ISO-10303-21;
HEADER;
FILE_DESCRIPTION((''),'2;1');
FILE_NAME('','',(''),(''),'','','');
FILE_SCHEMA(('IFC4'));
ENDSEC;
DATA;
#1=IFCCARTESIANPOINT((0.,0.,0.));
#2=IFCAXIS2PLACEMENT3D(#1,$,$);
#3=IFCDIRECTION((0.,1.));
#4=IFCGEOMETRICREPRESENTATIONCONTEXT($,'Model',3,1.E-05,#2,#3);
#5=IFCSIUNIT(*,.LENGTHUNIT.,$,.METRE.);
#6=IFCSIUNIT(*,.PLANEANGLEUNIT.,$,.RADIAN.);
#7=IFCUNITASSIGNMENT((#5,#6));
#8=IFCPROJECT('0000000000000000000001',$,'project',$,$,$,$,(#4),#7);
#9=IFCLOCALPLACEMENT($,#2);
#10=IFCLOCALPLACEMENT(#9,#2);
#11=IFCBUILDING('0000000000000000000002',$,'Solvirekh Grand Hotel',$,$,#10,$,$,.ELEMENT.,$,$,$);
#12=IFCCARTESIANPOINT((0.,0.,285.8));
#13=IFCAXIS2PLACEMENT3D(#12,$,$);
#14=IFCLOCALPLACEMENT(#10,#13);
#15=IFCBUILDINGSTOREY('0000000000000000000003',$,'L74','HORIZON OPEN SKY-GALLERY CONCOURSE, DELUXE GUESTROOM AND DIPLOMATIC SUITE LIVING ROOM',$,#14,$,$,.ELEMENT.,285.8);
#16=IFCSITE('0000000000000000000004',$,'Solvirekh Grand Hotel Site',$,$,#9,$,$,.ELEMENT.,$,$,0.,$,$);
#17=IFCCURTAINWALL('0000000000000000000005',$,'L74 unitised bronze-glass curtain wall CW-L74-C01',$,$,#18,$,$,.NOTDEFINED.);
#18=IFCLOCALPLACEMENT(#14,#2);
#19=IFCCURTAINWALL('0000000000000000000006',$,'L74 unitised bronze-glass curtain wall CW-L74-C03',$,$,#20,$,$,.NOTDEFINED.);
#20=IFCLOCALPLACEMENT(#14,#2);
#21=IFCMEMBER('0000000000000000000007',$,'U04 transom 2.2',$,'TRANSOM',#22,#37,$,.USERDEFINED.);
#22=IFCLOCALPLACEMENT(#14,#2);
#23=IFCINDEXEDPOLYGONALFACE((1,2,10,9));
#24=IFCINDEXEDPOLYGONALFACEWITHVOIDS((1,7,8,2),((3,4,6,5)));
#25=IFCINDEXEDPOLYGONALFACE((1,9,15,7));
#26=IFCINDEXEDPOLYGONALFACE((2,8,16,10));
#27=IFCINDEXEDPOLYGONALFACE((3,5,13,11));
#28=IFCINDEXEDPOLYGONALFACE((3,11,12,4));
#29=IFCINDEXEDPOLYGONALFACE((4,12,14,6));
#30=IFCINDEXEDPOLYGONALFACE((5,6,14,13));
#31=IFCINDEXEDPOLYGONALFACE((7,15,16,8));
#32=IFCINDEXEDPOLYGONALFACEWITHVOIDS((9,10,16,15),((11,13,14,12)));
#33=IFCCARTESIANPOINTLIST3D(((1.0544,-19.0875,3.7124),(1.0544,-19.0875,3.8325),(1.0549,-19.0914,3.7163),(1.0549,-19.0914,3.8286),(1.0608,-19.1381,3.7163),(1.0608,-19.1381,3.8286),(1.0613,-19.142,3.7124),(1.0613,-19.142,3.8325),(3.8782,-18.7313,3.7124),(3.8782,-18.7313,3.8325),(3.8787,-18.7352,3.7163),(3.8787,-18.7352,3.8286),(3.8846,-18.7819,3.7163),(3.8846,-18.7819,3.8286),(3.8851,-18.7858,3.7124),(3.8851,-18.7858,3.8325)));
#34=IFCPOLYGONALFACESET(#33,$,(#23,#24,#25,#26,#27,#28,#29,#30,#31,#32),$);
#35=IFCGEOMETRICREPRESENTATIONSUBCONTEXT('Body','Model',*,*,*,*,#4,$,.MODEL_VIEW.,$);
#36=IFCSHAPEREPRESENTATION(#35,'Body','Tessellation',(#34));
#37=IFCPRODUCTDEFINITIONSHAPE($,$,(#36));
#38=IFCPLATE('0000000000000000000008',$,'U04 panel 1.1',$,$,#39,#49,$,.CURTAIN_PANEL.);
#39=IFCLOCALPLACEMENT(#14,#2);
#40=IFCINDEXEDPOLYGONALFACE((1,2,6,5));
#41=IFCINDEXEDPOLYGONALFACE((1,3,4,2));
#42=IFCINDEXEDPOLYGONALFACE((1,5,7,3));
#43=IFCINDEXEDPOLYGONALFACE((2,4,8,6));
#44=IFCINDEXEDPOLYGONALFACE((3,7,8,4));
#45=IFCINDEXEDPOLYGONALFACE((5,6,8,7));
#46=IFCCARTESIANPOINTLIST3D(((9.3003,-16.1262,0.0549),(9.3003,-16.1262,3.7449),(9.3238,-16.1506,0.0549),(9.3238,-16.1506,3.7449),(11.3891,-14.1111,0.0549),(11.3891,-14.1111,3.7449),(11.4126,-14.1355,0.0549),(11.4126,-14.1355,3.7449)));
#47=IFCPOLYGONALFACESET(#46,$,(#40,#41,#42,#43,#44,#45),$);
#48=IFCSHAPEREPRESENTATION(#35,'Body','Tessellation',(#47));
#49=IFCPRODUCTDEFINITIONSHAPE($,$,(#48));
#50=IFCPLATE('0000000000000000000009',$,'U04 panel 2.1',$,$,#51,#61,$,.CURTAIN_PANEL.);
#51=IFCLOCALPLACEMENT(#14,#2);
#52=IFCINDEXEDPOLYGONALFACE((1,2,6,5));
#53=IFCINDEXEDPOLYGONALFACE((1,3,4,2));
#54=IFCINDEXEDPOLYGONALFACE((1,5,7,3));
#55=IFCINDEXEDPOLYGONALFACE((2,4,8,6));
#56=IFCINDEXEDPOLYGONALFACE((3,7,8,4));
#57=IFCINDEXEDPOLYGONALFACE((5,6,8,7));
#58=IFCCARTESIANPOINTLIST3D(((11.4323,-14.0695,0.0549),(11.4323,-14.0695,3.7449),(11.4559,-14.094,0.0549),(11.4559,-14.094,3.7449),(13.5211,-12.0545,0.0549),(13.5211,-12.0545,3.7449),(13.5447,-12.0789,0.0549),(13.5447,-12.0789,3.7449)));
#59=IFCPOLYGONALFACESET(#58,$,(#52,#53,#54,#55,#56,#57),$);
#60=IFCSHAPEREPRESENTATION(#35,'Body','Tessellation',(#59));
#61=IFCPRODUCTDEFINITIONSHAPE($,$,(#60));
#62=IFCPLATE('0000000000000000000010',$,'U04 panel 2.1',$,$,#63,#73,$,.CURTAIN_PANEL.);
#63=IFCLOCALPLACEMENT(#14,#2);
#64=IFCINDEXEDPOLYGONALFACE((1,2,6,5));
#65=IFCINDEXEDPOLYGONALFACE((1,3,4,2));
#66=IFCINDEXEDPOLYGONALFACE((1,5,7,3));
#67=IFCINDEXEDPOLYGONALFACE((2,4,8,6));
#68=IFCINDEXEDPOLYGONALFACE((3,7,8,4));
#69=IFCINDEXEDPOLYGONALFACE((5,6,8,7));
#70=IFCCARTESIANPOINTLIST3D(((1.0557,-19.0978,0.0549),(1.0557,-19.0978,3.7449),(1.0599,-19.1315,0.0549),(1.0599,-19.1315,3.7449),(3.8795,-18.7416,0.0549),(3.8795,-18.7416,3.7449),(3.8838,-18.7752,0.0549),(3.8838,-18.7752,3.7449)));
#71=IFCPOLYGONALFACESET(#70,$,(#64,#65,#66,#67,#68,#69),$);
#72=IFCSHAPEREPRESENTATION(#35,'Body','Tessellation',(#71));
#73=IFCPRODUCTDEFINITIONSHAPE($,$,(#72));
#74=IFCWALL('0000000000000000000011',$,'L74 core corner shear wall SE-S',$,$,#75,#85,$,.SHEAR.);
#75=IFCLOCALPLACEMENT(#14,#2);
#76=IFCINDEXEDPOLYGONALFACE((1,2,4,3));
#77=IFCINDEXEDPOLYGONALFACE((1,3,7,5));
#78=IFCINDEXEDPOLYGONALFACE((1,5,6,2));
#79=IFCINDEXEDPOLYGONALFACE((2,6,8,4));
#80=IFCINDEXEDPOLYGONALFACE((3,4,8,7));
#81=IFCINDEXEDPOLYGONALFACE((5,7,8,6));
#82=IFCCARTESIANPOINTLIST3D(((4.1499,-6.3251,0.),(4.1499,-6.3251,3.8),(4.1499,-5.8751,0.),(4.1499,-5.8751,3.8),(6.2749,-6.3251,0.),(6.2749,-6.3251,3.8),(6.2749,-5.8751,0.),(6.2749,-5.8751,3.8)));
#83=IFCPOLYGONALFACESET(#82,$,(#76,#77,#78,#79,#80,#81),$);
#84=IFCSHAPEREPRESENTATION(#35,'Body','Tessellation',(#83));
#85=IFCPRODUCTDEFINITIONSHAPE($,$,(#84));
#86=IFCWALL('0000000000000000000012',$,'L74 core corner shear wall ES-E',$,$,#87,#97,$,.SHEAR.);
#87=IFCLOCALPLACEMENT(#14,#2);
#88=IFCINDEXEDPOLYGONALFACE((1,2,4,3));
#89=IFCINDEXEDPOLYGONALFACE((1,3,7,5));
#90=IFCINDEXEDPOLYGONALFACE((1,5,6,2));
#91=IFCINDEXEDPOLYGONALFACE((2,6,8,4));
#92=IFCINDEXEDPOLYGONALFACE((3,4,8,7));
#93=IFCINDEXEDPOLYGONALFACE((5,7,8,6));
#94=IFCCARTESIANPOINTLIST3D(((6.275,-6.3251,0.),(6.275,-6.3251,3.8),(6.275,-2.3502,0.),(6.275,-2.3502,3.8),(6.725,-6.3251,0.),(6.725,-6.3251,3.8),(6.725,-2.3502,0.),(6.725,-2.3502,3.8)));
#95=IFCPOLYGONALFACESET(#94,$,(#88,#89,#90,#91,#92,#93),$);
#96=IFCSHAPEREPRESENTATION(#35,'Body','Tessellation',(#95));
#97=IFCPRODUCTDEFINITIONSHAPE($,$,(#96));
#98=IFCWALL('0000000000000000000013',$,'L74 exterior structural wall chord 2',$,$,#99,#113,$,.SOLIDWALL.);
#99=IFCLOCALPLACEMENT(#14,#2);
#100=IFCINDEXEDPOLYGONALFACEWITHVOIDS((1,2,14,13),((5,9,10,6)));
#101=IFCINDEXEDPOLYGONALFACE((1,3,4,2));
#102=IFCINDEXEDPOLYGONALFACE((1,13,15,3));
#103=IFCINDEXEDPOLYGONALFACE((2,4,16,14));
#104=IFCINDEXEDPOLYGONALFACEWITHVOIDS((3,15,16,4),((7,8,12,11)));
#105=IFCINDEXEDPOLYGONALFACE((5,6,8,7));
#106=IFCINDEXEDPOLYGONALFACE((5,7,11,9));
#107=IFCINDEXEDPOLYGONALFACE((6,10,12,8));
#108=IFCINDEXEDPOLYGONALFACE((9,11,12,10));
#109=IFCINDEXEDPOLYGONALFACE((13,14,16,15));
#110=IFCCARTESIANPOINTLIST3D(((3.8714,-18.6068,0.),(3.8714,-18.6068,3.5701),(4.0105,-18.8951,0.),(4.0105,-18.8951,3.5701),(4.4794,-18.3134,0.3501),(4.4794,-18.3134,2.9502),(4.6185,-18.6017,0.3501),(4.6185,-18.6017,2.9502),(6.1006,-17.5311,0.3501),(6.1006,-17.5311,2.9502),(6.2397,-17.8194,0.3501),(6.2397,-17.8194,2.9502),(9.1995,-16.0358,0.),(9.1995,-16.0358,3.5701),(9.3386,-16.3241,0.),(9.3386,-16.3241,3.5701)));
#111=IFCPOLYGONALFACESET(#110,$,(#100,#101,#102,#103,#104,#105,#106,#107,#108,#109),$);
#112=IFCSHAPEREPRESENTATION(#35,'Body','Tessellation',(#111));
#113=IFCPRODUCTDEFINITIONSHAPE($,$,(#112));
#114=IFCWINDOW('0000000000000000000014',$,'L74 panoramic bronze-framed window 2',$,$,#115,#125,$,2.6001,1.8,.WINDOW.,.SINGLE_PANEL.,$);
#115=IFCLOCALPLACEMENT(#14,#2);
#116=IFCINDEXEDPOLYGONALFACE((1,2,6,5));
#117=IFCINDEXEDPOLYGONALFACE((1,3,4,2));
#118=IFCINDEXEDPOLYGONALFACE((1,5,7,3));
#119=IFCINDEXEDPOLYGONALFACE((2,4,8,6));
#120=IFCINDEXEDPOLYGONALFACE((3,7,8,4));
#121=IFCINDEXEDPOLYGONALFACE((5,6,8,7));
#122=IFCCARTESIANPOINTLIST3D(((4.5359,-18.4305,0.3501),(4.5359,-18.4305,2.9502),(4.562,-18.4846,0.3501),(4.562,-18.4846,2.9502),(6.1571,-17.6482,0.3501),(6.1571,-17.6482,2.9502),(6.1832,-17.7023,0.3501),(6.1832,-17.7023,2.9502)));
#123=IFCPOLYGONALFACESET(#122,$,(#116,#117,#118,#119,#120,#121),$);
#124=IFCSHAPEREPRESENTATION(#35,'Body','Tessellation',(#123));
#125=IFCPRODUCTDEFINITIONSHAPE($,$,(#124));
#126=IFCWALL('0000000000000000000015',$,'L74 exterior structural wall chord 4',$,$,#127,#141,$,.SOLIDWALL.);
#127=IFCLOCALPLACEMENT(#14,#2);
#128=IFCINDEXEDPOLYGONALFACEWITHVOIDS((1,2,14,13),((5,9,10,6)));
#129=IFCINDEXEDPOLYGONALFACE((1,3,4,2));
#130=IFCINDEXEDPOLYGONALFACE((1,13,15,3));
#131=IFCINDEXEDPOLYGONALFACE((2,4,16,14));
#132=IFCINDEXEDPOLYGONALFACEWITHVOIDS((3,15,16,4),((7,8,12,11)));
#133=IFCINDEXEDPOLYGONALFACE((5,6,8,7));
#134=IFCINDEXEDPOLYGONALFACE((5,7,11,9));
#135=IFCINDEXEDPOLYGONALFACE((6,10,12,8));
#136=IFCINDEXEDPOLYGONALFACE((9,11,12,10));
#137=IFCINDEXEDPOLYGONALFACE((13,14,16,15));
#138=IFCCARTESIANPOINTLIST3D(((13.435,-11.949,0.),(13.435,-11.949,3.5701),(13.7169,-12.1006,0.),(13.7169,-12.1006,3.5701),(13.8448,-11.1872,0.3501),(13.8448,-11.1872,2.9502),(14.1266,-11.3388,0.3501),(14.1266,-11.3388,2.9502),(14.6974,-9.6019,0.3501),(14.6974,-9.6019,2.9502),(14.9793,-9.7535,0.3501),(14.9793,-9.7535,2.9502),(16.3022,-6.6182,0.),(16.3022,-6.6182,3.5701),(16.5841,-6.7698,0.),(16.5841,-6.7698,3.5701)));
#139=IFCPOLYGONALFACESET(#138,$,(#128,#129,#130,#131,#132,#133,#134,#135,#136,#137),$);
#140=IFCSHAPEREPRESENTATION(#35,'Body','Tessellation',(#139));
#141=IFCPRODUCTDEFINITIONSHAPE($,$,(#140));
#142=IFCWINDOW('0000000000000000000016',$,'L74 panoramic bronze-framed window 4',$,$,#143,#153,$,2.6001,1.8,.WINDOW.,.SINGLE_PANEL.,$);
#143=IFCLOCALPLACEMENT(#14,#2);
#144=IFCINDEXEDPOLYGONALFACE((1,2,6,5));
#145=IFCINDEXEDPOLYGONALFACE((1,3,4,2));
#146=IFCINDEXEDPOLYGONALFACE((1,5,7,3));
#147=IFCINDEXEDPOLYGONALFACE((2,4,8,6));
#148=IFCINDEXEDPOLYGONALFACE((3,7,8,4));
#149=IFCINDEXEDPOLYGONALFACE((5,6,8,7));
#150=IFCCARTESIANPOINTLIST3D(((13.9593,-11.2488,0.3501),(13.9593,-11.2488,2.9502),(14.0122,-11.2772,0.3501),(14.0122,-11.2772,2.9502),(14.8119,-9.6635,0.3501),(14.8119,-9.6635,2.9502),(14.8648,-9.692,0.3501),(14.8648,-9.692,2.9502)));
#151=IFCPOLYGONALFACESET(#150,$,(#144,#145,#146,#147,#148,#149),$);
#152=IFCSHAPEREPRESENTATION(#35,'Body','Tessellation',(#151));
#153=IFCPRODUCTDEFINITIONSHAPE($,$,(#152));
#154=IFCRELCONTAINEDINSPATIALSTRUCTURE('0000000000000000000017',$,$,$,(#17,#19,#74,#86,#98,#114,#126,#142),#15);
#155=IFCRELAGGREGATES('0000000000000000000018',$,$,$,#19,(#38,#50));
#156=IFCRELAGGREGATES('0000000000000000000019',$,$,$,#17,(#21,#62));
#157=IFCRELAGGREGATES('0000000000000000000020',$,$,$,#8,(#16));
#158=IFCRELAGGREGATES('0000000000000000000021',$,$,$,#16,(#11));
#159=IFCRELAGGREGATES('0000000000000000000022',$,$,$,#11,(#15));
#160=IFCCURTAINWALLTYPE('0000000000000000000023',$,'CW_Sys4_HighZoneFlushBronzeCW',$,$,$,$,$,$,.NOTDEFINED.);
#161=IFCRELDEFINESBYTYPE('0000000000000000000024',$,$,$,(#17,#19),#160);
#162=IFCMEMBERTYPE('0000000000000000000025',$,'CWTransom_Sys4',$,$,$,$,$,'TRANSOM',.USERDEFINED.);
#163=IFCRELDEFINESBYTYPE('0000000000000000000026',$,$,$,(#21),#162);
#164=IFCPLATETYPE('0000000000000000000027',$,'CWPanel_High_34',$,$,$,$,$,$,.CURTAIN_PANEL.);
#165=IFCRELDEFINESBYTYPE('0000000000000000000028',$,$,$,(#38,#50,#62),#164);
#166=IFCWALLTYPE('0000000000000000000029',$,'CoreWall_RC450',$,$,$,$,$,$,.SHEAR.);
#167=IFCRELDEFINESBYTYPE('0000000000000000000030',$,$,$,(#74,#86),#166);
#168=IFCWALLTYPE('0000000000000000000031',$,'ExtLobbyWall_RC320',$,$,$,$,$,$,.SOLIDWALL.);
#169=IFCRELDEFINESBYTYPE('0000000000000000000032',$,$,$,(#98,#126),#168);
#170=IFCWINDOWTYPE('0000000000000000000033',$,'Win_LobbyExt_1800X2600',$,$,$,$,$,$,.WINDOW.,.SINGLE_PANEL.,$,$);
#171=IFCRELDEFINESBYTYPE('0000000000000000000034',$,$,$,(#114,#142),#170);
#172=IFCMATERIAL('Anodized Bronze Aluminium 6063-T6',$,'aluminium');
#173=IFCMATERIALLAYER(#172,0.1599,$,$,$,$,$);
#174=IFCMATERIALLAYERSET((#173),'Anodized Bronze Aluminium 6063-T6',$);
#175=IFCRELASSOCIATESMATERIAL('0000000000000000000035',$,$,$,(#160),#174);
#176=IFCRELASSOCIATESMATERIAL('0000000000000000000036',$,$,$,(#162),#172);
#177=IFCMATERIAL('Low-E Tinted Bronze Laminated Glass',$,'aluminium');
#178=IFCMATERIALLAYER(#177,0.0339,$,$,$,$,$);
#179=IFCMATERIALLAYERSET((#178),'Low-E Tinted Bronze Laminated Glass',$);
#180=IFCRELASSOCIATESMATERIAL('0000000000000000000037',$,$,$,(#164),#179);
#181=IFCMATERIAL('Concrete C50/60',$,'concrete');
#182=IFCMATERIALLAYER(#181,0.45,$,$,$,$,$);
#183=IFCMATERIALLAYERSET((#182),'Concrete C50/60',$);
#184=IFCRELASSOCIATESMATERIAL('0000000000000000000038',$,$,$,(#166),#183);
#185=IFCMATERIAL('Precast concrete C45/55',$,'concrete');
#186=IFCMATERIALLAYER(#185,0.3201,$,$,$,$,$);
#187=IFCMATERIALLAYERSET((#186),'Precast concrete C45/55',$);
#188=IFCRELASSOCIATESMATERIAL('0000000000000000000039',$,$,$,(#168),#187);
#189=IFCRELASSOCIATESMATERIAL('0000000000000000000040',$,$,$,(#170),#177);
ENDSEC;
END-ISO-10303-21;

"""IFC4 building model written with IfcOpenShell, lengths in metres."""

from ifc_helpers import new_model, si_unit, direction, frame, frame_2d, origin, origin_2d, place, context, subcontext, project, spatial, rectangle, hollow_rectangle, extrude, source, transform, mapped, material, layer, layer_set, material_profile, profile_set, type_object, element, fill, aggregate, save


model = new_model("IFC4")

# Units and contexts
model_context = context("Model", 3, precision=1e-05, world=origin(), true_north=direction((0.0, 1.0)))
body_context = subcontext(model_context, "Body", "Model", "MODEL_VIEW")
ifc_project = project(units=[si_unit("LENGTHUNIT", "METRE"), si_unit("PLANEANGLEUNIT", "RADIAN")], contexts=[model_context])

# Site, building, storey
site_placement = place(None, origin())
site = spatial("IfcSite", under=ifc_project, at=site_placement, Name="Solvirekh Grand Hotel Site", CompositionType="ELEMENT", RefElevation=0.0)
building_placement = place(site_placement, origin())
building = spatial("IfcBuilding", under=site, at=building_placement, Name="Solvirekh Grand Hotel", CompositionType="ELEMENT")
storey_placement = place(building_placement, frame((0.0, 0.0, 285.8)))
storey = spatial("IfcBuildingStorey", under=building, at=storey_placement, Name="L74", Description="HORIZON OPEN SKY-GALLERY CONCOURSE, DELUXE GUESTROOM AND DIPLOMATIC SUITE LIVING ROOM", CompositionType="ELEMENT", Elevation=285.8)

# Shared definitions
ifc_material_1 = material(Name="Concrete C50/60", Category="concrete")

# Curtain walls
ifc_material_2 = material(Name="Anodized Bronze Aluminium 6063-T6", Category="aluminium")
ifc_layer_1 = layer(ifc_material_2, 0.1599)
ifc_layer_set_1 = layer_set([ifc_layer_1], Name="Anodized Bronze Aluminium 6063-T6")
curtain_wall_type = type_object("IfcCurtainWallType", Name="CW_Sys4_HighZoneFlushBronzeCW", PredefinedType="NOTDEFINED", material=ifc_layer_set_1)
curtain_wall_1_placement = place(storey_placement, origin())
curtain_wall_1 = element("IfcCurtainWall", 1, at=curtain_wall_1_placement, inside=storey, type_object=curtain_wall_type, Name="L74 unitised bronze-glass curtain wall CW-L74-C01", PredefinedType="NOTDEFINED")
curtain_wall_2_placement = place(storey_placement, origin())
curtain_wall_2 = element("IfcCurtainWall", 2, at=curtain_wall_2_placement, inside=storey, type_object=curtain_wall_type, Name="L74 unitised bronze-glass curtain wall CW-L74-C03", PredefinedType="NOTDEFINED")
ifc_material_profile_1 = material_profile(ifc_material_2, hollow_rectangle(XDim=0.0549, YDim=0.1201, WallThickness=0.0039, at=origin_2d()), Name="ALU RHS 120X55X4")
ifc_profile_set_1 = profile_set([ifc_material_profile_1], Name="Anodized Bronze Aluminium 6063-T6")
member_type_1 = type_object("IfcMemberType", Name="CWTransom_Sys4", ElementType="TRANSOM", PredefinedType="USERDEFINED", material=ifc_profile_set_1)

# Member
shared_shape_1 = source(origin(), body_context, "Body", "SweptSolid", [
    extrude(hollow_rectangle(XDim=0.0549, YDim=0.1201, WallThickness=0.0039, at=origin_2d()), origin(), (0.0, 0.0, 1.0), 2.8462),
])
member_1_placement = place(storey_placement, frame((1.0579, -19.1147, 3.7725), z_axis=(0.992137, 0.125154, 0.0), x_axis=(-0.125154, 0.992137, 0.0)))
member_1 = element("IfcMember", 3, at=member_1_placement, type_object=member_type_1, Name="U04 transom 2.2", ObjectType="TRANSOM", PredefinedType="USERDEFINED", context=body_context, shape_type="MappedRepresentation", body=[
    mapped(shared_shape_1, transform((0.0, 0.0, 0.0), x_axis=(1.0, 0.0, 0.0), y_axis=(0.0, 1.0, 0.0), z_axis=(0.0, 0.0, 1.0), scale=1.0)),
])

# Plates
ifc_material_3 = material(Name="Low-E Tinted Bronze Laminated Glass", Category="aluminium")
ifc_layer_2 = layer(ifc_material_3, 0.0339)
ifc_layer_set_2 = layer_set([ifc_layer_2], Name="Low-E Tinted Bronze Laminated Glass")
plate_type = type_object("IfcPlateType", Name="CWPanel_High_34", PredefinedType="CURTAIN_PANEL", material=ifc_layer_set_2)
shared_shape_2 = source(origin(), body_context, "Body", "SweptSolid", [
    extrude(rectangle(XDim=2.9023, YDim=0.0339, at=origin_2d()), origin(), (0.0, 0.0, 1.0), 3.6899),
])
plate_1_placement = place(storey_placement, frame((10.3564, -15.1309, 0.0549), z_axis=(0.0, 0.0, 1.0), x_axis=(0.719692, 0.694293, 0.0)))
plate_1 = element("IfcPlate", 4, at=plate_1_placement, type_object=plate_type, Name="U04 panel 1.1", PredefinedType="CURTAIN_PANEL", context=body_context, shape_type="MappedRepresentation", body=[
    mapped(shared_shape_2, transform((0.0, 0.0, 0.0), x_axis=(1.0, 0.0, 0.0), y_axis=(0.0, 1.0, 0.0), z_axis=(0.0, 0.0, 1.0), scale=1.0)),
])
plate_2_placement = place(storey_placement, frame((12.4885, -13.0742, 0.0549), z_axis=(0.0, 0.0, 1.0), x_axis=(0.719692, 0.694293, 0.0)))
plate_2 = element("IfcPlate", 5, at=plate_2_placement, type_object=plate_type, Name="U04 panel 2.1", PredefinedType="CURTAIN_PANEL", context=body_context, shape_type="MappedRepresentation", body=[
    mapped(shared_shape_2, transform((0.0, 0.0, 0.0), x_axis=(1.0, 0.0, 0.0), y_axis=(0.0, 1.0, 0.0), z_axis=(0.0, 0.0, 1.0), scale=1.0)),
])
aggregate(curtain_wall_2, [plate_1, plate_2])
shared_shape_3 = source(origin(), body_context, "Body", "SweptSolid", [
    extrude(rectangle(XDim=2.8462, YDim=0.0339, at=origin_2d()), origin(), (0.0, 0.0, 1.0), 3.6899),
])
plate_3_placement = place(storey_placement, frame((2.4697, -18.9365, 0.0549), z_axis=(0.0, 0.0, 1.0), x_axis=(0.992136, 0.125166, 0.0)))
plate_3 = element("IfcPlate", 6, at=plate_3_placement, type_object=plate_type, Name="U04 panel 2.1", PredefinedType="CURTAIN_PANEL", context=body_context, shape_type="MappedRepresentation", body=[
    mapped(shared_shape_3, transform((0.0, 0.0, 0.0), x_axis=(1.0, 0.0, 0.0), y_axis=(0.0, 1.0, 0.0), z_axis=(0.0, 0.0, 1.0), scale=1.0)),
])
aggregate(curtain_wall_1, [member_1, plate_3])

# Walls
ifc_layer_3 = layer(ifc_material_1, 0.45)
ifc_layer_set_3 = layer_set([ifc_layer_3], Name="Concrete C50/60")
wall_type_1 = type_object("IfcWallType", Name="CoreWall_RC450", PredefinedType="SHEAR", material=ifc_layer_set_3)
wall_1_placement = place(storey_placement, frame((4.1499, -6.1001, 0.0), z_axis=(0.0, 0.0, 1.0), x_axis=(1.0, 0.0, 0.0)))
element("IfcWall", 7, at=wall_1_placement, inside=storey, type_object=wall_type_1, Name="L74 core corner shear wall SE-S", PredefinedType="SHEAR", context=body_context, shape_type="SweptSolid", body=[
    extrude(rectangle(XDim=2.125, YDim=0.45, at=frame_2d((1.0625, 0.0))), origin(), (0.0, 0.0, 1.0), 3.8),
])
wall_2_placement = place(storey_placement, frame((6.5, -6.325, 0.0), z_axis=(0.0, 0.0, 1.0), x_axis=(0.0, 1.0, 0.0)))
element("IfcWall", 8, at=wall_2_placement, inside=storey, type_object=wall_type_1, Name="L74 core corner shear wall ES-E", PredefinedType="SHEAR", context=body_context, shape_type="SweptSolid", body=[
    extrude(rectangle(XDim=3.9749, YDim=0.45, at=frame_2d((1.9873, 0.0))), origin(), (0.0, 0.0, 1.0), 3.8),
])

# Walls, openings, windows
ifc_material_4 = material(Name="Precast concrete C45/55", Category="concrete")
ifc_layer_4 = layer(ifc_material_4, 0.3201)
ifc_layer_set_4 = layer_set([ifc_layer_4], Name="Precast concrete C45/55")
wall_type_2 = type_object("IfcWallType", Name="ExtLobbyWall_RC320", PredefinedType="SOLIDWALL", material=ifc_layer_set_4)
wall_3_placement = place(storey_placement, frame((9.269, -16.1799, 0.0), z_axis=(0.0, 0.0, 1.0), x_axis=(-0.900628, -0.434591, 0.0)))
wall_3 = element("IfcWall", 9, at=wall_3_placement, inside=storey, type_object=wall_type_2, Name="L74 exterior structural wall chord 2", PredefinedType="SOLIDWALL", context=body_context, shape_type="SweptSolid", body=[
    extrude(rectangle(XDim=5.916, YDim=0.3201, at=frame_2d((2.958, 0.0))), origin(), (0.0, 0.0, 1.0), 3.5701),
])
opening_1_placement = place(wall_3_placement, frame((3.4409, 0.0, 0.3501)))
opening_1 = element("IfcOpeningElement", 10, at=opening_1_placement, cuts=wall_3, PredefinedType="OPENING", context=body_context, shape_type="SweptSolid", body=[
    extrude(rectangle(XDim=1.8, YDim=2.6001, at=frame_2d((0.8999, 1.3))), frame((0.0, 0.1699, 0.0), z_axis=(0.0, -1.0, 0.0), x_axis=(1.0, 0.0, 0.0)), (0.0, 0.0, 1.0), 0.3401),
])
window_type = type_object("IfcWindowType", Name="Win_LobbyExt_1800X2600", PartitioningType="SINGLE_PANEL", PredefinedType="WINDOW", material=ifc_material_3)
window_1_placement = place(opening_1_placement, origin())
window_1 = element("IfcWindow", 11, at=window_1_placement, inside=storey, type_object=window_type, Name="L74 panoramic bronze-framed window 2", OverallHeight=2.6001, OverallWidth=1.8, PartitioningType="SINGLE_PANEL", PredefinedType="WINDOW", context=body_context, shape_type="SweptSolid", body=[
    extrude(rectangle(XDim=1.8, YDim=2.6001, at=frame_2d((0.8999, 1.3))), frame((0.0, 0.03, 0.0), z_axis=(0.0, -1.0, 0.0), x_axis=(1.0, 0.0, 0.0)), (0.0, 0.0, 1.0), 0.0601),
])
fill(opening_1, window_1)
wall_4_placement = place(storey_placement, frame((16.4431, -6.6941, 0.0), z_axis=(0.0, 0.0, 1.0), x_axis=(-0.473684, -0.880695, 0.0)))
wall_4 = element("IfcWall", 12, at=wall_4_placement, inside=storey, type_object=wall_type_2, Name="L74 exterior structural wall chord 4", PredefinedType="SOLIDWALL", context=body_context, shape_type="SweptSolid", body=[
    extrude(rectangle(XDim=6.053, YDim=0.3201, at=frame_2d((3.0264, 0.0))), origin(), (0.0, 0.0, 1.0), 3.5701),
])
opening_2_placement = place(wall_4_placement, frame((3.3879, 0.0, 0.3501)))
opening_2 = element("IfcOpeningElement", 13, at=opening_2_placement, cuts=wall_4, PredefinedType="OPENING", context=body_context, shape_type="SweptSolid", body=[
    extrude(rectangle(XDim=1.8, YDim=2.6001, at=frame_2d((0.8999, 1.3))), frame((0.0, 0.1699, 0.0), z_axis=(0.0, -1.0, 0.0), x_axis=(1.0, 0.0, 0.0)), (0.0, 0.0, 1.0), 0.3401),
])
window_2_placement = place(opening_2_placement, origin())
window_2 = element("IfcWindow", 14, at=window_2_placement, inside=storey, type_object=window_type, Name="L74 panoramic bronze-framed window 4", OverallHeight=2.6001, OverallWidth=1.8, PartitioningType="SINGLE_PANEL", PredefinedType="WINDOW", context=body_context, shape_type="SweptSolid", body=[
    extrude(rectangle(XDim=1.8, YDim=2.6001, at=frame_2d((0.8999, 1.3))), frame((0.0, 0.03, 0.0), z_axis=(0.0, -1.0, 0.0), x_axis=(1.0, 0.0, 0.0)), (0.0, 0.0, 1.0), 0.0601),
])
fill(opening_2, window_2)

save(model, "model.ifc")
